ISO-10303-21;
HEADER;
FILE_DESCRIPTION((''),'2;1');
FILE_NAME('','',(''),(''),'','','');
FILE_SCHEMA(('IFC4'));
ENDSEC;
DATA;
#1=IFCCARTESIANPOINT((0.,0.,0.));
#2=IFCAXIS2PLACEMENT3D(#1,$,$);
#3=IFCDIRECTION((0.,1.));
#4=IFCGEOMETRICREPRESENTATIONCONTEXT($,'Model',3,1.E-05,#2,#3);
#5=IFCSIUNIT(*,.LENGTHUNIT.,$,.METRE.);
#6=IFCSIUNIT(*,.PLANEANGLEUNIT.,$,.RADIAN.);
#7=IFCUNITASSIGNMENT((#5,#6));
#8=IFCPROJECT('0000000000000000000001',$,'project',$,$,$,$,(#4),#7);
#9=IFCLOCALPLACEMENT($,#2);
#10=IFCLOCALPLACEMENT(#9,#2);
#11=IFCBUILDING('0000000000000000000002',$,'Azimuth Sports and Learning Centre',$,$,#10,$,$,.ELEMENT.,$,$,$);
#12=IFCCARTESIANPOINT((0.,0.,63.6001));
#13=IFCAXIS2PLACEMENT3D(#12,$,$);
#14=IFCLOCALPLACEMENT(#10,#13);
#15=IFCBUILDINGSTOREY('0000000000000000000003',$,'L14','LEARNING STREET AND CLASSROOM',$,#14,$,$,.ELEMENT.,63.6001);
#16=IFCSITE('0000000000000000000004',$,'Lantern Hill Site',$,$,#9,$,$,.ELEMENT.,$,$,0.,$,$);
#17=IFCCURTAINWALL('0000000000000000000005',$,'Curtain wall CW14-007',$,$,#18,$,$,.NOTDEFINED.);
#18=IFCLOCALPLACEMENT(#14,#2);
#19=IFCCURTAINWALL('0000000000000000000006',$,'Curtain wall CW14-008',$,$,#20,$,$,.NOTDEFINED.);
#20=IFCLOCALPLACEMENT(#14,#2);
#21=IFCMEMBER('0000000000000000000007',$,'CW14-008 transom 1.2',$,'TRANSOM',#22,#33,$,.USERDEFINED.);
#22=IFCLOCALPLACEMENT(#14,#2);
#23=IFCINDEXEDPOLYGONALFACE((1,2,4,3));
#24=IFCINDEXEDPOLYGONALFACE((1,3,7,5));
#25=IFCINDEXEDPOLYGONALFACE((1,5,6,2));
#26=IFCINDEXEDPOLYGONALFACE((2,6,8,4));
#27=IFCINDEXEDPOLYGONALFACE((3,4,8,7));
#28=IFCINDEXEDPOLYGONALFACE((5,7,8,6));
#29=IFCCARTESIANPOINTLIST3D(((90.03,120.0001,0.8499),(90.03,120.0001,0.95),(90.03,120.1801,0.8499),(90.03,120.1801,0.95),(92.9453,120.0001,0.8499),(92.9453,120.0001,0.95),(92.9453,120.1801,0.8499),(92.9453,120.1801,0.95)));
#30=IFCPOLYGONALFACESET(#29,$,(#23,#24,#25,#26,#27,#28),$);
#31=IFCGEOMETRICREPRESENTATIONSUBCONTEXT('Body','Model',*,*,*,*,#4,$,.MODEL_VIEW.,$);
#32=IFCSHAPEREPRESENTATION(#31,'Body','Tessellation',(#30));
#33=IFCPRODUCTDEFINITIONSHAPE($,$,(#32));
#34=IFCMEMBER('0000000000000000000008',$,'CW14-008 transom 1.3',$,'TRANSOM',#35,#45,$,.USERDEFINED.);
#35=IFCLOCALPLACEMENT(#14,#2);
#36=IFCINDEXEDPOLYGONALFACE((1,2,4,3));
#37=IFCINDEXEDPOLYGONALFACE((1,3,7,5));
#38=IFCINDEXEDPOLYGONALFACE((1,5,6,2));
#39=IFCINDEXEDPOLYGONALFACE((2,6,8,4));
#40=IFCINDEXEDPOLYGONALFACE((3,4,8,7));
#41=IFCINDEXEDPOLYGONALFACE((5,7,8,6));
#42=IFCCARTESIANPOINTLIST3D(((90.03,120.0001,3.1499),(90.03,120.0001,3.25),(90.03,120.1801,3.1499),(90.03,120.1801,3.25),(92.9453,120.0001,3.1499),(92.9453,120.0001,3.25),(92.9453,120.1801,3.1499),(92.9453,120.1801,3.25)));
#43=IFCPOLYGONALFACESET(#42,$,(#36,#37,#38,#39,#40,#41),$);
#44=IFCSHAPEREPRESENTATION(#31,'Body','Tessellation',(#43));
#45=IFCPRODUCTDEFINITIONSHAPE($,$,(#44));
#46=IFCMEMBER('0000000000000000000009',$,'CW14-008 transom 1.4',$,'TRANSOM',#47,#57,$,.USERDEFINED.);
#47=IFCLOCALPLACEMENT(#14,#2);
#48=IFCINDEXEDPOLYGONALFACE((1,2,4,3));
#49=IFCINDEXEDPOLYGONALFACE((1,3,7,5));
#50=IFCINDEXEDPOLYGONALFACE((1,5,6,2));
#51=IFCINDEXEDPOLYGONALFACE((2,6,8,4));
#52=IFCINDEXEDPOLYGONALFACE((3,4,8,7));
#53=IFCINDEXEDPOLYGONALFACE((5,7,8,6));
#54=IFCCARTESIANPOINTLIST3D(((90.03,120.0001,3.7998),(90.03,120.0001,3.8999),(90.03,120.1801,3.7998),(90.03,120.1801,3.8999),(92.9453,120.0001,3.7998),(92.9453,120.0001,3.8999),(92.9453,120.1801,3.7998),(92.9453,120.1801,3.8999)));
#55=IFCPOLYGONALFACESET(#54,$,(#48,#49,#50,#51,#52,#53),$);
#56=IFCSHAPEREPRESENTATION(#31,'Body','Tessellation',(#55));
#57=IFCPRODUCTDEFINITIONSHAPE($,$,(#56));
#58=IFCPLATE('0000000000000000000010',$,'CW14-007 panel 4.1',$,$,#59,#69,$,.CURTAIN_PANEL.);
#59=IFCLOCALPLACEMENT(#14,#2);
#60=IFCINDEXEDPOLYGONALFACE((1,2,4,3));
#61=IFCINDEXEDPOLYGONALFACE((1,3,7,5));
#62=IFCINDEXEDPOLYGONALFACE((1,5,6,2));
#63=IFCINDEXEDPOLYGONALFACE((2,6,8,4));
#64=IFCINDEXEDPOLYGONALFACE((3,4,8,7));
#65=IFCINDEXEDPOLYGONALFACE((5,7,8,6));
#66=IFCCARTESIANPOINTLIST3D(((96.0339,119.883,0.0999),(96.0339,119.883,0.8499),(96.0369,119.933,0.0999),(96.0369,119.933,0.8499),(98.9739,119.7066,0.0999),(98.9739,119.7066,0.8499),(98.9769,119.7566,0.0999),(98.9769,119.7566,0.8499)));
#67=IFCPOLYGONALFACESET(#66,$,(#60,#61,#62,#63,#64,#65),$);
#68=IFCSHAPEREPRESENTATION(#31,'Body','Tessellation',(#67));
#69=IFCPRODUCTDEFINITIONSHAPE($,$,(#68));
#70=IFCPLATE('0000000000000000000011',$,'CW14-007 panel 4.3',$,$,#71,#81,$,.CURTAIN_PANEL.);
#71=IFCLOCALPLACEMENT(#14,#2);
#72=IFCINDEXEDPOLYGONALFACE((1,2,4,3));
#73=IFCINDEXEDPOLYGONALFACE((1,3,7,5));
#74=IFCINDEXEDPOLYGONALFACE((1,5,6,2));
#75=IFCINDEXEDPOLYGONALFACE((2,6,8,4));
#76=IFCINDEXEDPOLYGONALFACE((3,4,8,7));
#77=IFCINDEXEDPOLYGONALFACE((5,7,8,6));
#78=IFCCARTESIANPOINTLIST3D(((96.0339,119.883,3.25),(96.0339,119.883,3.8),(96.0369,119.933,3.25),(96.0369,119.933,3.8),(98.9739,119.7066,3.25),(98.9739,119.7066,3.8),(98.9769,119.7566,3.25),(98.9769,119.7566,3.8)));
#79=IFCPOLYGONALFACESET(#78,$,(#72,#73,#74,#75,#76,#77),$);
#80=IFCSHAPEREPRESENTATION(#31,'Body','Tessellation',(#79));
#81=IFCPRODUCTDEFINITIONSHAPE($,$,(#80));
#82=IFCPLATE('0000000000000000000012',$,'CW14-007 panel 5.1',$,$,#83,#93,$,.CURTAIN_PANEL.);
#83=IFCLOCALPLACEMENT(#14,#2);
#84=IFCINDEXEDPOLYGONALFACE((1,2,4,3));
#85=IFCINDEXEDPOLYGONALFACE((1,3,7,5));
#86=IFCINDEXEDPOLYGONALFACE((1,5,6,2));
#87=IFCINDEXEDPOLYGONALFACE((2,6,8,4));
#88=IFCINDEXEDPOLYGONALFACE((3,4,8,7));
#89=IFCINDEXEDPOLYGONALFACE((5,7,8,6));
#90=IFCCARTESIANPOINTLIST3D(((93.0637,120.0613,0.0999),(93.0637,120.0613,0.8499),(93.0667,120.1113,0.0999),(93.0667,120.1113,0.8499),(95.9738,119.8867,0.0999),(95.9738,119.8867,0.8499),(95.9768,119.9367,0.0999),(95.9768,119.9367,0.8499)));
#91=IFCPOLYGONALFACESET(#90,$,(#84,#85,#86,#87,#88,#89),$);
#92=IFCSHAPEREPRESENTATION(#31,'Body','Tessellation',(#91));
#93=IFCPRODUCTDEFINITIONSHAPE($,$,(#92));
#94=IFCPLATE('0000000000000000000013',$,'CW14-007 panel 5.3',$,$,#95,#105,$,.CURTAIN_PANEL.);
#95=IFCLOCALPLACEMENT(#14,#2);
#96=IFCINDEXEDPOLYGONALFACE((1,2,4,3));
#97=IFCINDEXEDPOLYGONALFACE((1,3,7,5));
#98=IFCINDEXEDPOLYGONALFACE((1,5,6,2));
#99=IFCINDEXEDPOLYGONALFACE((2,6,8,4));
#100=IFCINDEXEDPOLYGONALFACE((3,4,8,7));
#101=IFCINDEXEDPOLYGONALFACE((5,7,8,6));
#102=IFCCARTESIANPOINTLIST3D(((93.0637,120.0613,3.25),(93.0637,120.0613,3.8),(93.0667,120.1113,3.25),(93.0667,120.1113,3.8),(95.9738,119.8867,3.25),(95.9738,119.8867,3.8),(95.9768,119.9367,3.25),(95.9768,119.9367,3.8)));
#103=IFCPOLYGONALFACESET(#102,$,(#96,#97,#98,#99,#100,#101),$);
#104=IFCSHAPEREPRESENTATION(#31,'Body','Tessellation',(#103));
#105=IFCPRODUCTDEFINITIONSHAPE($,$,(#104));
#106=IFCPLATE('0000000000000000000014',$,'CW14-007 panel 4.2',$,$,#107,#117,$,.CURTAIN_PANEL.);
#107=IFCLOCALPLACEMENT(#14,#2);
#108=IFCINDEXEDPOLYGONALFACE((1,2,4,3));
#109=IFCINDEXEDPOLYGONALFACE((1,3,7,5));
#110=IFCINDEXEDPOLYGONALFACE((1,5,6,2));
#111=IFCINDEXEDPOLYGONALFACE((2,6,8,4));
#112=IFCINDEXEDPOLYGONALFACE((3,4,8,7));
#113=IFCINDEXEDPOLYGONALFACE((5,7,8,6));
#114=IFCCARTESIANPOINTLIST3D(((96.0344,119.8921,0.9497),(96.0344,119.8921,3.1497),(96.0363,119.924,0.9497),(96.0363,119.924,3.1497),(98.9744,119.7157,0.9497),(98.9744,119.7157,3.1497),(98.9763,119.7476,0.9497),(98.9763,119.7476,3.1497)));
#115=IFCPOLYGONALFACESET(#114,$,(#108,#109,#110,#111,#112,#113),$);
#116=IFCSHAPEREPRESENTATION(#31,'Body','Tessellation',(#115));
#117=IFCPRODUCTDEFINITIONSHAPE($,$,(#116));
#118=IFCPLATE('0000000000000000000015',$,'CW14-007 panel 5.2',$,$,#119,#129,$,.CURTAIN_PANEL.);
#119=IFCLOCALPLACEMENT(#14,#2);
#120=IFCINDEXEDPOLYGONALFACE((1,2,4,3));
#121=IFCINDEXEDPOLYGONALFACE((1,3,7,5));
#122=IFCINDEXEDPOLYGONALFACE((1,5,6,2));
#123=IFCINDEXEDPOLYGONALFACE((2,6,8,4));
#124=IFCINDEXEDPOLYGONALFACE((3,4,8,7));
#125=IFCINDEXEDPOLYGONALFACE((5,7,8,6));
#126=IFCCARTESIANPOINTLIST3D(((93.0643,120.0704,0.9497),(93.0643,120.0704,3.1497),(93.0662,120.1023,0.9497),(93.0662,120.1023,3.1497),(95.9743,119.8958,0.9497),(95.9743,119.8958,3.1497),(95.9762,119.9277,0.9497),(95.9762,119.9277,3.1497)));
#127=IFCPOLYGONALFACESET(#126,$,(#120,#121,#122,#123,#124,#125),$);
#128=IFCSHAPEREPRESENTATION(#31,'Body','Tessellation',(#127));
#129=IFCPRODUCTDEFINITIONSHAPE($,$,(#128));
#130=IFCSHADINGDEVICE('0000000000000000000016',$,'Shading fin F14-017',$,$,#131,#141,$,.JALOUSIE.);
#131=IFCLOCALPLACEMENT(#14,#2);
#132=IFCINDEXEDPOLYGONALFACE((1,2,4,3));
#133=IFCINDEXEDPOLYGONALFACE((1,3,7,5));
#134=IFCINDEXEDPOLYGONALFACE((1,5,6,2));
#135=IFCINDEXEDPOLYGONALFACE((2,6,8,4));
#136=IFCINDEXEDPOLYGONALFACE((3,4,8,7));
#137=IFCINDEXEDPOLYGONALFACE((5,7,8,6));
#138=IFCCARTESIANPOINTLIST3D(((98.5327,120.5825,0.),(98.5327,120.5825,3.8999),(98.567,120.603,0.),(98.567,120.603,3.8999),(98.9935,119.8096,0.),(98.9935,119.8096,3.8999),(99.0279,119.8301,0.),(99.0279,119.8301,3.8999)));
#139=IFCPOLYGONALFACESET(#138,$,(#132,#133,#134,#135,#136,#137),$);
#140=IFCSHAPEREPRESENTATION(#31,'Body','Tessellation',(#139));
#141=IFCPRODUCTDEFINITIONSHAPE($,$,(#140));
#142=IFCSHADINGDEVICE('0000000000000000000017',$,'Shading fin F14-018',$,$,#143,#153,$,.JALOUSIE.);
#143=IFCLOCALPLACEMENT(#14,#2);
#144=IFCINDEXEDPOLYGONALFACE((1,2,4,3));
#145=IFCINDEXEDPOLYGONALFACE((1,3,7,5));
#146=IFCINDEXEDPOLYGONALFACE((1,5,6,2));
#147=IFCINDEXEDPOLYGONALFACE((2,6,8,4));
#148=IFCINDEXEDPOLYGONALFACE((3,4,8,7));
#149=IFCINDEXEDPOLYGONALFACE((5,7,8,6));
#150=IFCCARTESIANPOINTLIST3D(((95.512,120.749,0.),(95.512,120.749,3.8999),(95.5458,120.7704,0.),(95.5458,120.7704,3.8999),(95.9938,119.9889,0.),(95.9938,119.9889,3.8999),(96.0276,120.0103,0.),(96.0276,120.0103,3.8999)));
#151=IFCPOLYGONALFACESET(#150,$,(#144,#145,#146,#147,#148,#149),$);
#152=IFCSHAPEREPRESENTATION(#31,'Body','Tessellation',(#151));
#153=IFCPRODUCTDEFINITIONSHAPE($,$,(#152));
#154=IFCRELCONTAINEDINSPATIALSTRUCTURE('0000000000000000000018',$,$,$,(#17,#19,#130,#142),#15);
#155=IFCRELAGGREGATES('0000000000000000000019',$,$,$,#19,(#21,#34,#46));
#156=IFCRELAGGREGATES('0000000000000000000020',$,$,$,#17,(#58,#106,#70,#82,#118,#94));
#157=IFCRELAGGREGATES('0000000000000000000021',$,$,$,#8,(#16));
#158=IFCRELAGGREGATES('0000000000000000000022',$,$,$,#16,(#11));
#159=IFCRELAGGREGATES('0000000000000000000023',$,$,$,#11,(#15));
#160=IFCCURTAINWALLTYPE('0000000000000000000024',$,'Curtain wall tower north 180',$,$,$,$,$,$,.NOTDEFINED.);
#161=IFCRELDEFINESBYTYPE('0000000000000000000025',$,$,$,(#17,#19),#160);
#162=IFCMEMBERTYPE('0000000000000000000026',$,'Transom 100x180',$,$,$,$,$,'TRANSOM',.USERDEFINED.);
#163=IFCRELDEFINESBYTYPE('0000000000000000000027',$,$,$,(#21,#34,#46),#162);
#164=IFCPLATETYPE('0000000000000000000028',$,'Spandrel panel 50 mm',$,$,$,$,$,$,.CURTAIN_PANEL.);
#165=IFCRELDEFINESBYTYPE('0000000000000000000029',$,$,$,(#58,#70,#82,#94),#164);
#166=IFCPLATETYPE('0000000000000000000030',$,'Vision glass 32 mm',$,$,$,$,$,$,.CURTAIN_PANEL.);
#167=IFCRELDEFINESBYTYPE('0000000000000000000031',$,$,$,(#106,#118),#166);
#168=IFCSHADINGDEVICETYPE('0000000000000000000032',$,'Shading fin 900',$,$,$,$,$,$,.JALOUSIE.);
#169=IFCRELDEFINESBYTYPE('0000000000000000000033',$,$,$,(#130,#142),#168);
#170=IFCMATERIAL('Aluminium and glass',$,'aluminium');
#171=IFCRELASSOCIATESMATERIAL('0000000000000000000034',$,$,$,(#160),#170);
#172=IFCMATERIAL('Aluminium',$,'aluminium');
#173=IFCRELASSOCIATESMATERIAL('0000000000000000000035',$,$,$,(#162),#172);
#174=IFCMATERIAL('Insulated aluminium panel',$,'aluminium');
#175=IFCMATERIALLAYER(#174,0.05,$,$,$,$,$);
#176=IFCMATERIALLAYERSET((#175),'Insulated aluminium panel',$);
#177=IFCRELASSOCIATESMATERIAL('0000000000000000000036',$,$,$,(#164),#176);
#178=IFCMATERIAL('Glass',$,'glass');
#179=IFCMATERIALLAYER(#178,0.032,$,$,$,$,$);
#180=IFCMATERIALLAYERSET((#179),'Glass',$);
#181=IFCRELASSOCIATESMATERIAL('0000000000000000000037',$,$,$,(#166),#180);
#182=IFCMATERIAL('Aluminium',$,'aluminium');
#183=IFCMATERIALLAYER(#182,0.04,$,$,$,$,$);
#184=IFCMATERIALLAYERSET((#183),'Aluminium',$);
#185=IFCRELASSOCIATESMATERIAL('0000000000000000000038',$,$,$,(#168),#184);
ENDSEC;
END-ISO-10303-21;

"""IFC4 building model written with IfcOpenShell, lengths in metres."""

from ifc_helpers import new_model, si_unit, direction, frame, origin, origin_2d, place, context, subcontext, project, spatial, rectangle, extrude, material, layer, layer_set, material_profile, profile_set, type_object, element, aggregate, save


model = new_model("IFC4")

# Units and contexts
model_context = context("Model", 3, precision=1e-05, world=origin(), true_north=direction((0.0, 1.0)))
body_context = subcontext(model_context, "Body", "Model", "MODEL_VIEW")
ifc_project = project(units=[si_unit("LENGTHUNIT", "METRE"), si_unit("PLANEANGLEUNIT", "RADIAN")], contexts=[model_context])

# Site, building, storey
site_placement = place(None, origin())
site = spatial("IfcSite", under=ifc_project, at=site_placement, Name="Lantern Hill Site", CompositionType="ELEMENT", RefElevation=0.0)
building_placement = place(site_placement, origin())
building = spatial("IfcBuilding", under=site, at=building_placement, Name="Azimuth Sports and Learning Centre", CompositionType="ELEMENT")
storey_placement = place(building_placement, frame((0.0, 0.0, 63.6001)))
storey = spatial("IfcBuildingStorey", under=building, at=storey_placement, Name="L14", Description="LEARNING STREET AND CLASSROOM", CompositionType="ELEMENT", Elevation=63.6001)

# Curtain wall
ifc_material_1 = material(Name="Aluminium and glass", Category="aluminium")
curtain_wall_type = type_object("IfcCurtainWallType", Name="Curtain wall tower north 180", PredefinedType="NOTDEFINED", material=ifc_material_1)
curtain_wall_1_placement = place(storey_placement, origin())
curtain_wall_1 = element("IfcCurtainWall", 1, at=curtain_wall_1_placement, inside=storey, type_object=curtain_wall_type, Name="Curtain wall CW14-007", PredefinedType="NOTDEFINED")

# Curtain wall
curtain_wall_2_placement = place(storey_placement, origin())
curtain_wall_2 = element("IfcCurtainWall", 2, at=curtain_wall_2_placement, inside=storey, type_object=curtain_wall_type, Name="Curtain wall CW14-008", PredefinedType="NOTDEFINED")

# Members
ifc_material_2 = material(Name="Aluminium", Category="aluminium")
ifc_material_profile_1 = material_profile(ifc_material_2, rectangle(XDim=0.1799, YDim=0.1001, at=origin_2d()), Name="Transom 100x180")
ifc_profile_set_1 = profile_set([ifc_material_profile_1], Name="Aluminium")
member_type_1 = type_object("IfcMemberType", Name="Transom 100x180", ElementType="TRANSOM", PredefinedType="USERDEFINED", material=ifc_profile_set_1)
member_1_placement = place(storey_placement, frame((92.9453, 120.0901, 0.8999), z_axis=(-1.0, 0.0, 0.0), x_axis=(0.0, -1.0, 0.0)))
member_1 = element("IfcMember", 3, at=member_1_placement, type_object=member_type_1, Name="CW14-008 transom 1.2", ObjectType="TRANSOM", PredefinedType="USERDEFINED", context=body_context, shape_type="SweptSolid", body=[
    extrude(rectangle(XDim=0.1799, YDim=0.1001, at=origin_2d()), origin(), (0.0, 0.0, 1.0), 2.9153),
])
member_2_placement = place(storey_placement, frame((92.9453, 120.0901, 3.2), z_axis=(-1.0, 0.0, 0.0), x_axis=(0.0, -1.0, 0.0)))
member_2 = element("IfcMember", 4, at=member_2_placement, type_object=member_type_1, Name="CW14-008 transom 1.3", ObjectType="TRANSOM", PredefinedType="USERDEFINED", context=body_context, shape_type="SweptSolid", body=[
    extrude(rectangle(XDim=0.1799, YDim=0.1001, at=origin_2d()), origin(), (0.0, 0.0, 1.0), 2.9153),
])
member_3_placement = place(storey_placement, frame((92.9453, 120.0901, 3.8499), z_axis=(-1.0, 0.0, 0.0), x_axis=(0.0, -1.0, 0.0)))
member_3 = element("IfcMember", 5, at=member_3_placement, type_object=member_type_1, Name="CW14-008 transom 1.4", ObjectType="TRANSOM", PredefinedType="USERDEFINED", context=body_context, shape_type="SweptSolid", body=[
    extrude(rectangle(XDim=0.1799, YDim=0.1001, at=origin_2d()), origin(), (0.0, 0.0, 1.0), 2.9153),
])
aggregate(curtain_wall_2, [member_1, member_2, member_3])

# Plates
ifc_material_3 = material(Name="Insulated aluminium panel", Category="aluminium")
ifc_layer_1 = layer(ifc_material_3, 0.05)
ifc_layer_set_1 = layer_set([ifc_layer_1], Name="Insulated aluminium panel")
plate_type_1 = type_object("IfcPlateType", Name="Spandrel panel 50 mm", PredefinedType="CURTAIN_PANEL", material=ifc_layer_set_1)
plate_1_placement = place(storey_placement, frame((97.5054, 119.8198, 0.0999), z_axis=(0.0, 0.0, 1.0), x_axis=(-0.998205, 0.059892, 0.0)))
plate_1 = element("IfcPlate", 6, at=plate_1_placement, type_object=plate_type_1, Name="CW14-007 panel 4.1", PredefinedType="CURTAIN_PANEL", context=body_context, shape_type="SweptSolid", body=[
    extrude(rectangle(XDim=2.9453, YDim=0.05, at=origin_2d()), origin(), (0.0, 0.0, 1.0), 0.75),
])
plate_2_placement = place(storey_placement, frame((97.5054, 119.8198, 3.25), z_axis=(0.0, 0.0, 1.0), x_axis=(-0.998205, 0.059892, 0.0)))
plate_2 = element("IfcPlate", 7, at=plate_2_placement, type_object=plate_type_1, Name="CW14-007 panel 4.3", PredefinedType="CURTAIN_PANEL", context=body_context, shape_type="SweptSolid", body=[
    extrude(rectangle(XDim=2.9453, YDim=0.05, at=origin_2d()), origin(), (0.0, 0.0, 1.0), 0.55),
])
plate_3_placement = place(storey_placement, frame((94.5203, 119.999, 0.0999), z_axis=(0.0, 0.0, 1.0), x_axis=(-0.998205, 0.059892, 0.0)))
plate_3 = element("IfcPlate", 8, at=plate_3_placement, type_object=plate_type_1, Name="CW14-007 panel 5.1", PredefinedType="CURTAIN_PANEL", context=body_context, shape_type="SweptSolid", body=[
    extrude(rectangle(XDim=2.9153, YDim=0.05, at=origin_2d()), origin(), (0.0, 0.0, 1.0), 0.75),
])
plate_4_placement = place(storey_placement, frame((94.5203, 119.999, 3.25), z_axis=(0.0, 0.0, 1.0), x_axis=(-0.998205, 0.059892, 0.0)))
plate_4 = element("IfcPlate", 9, at=plate_4_placement, type_object=plate_type_1, Name="CW14-007 panel 5.3", PredefinedType="CURTAIN_PANEL", context=body_context, shape_type="SweptSolid", body=[
    extrude(rectangle(XDim=2.9153, YDim=0.05, at=origin_2d()), origin(), (0.0, 0.0, 1.0), 0.55),
])
ifc_material_4 = material(Name="Glass", Category="glass")
ifc_layer_2 = layer(ifc_material_4, 0.032)
ifc_layer_set_2 = layer_set([ifc_layer_2], Name="Glass")
plate_type_2 = type_object("IfcPlateType", Name="Vision glass 32 mm", PredefinedType="CURTAIN_PANEL", material=ifc_layer_set_2)
plate_5_placement = place(storey_placement, frame((97.5054, 119.8198, 0.9497), z_axis=(0.0, 0.0, 1.0), x_axis=(-0.998205, 0.059892, 0.0)))
plate_5 = element("IfcPlate", 10, at=plate_5_placement, type_object=plate_type_2, Name="CW14-007 panel 4.2", PredefinedType="CURTAIN_PANEL", context=body_context, shape_type="SweptSolid", body=[
    extrude(rectangle(XDim=2.9453, YDim=0.032, at=origin_2d()), origin(), (0.0, 0.0, 1.0), 2.2),
])
plate_6_placement = place(storey_placement, frame((94.5203, 119.999, 0.9497), z_axis=(0.0, 0.0, 1.0), x_axis=(-0.998205, 0.059892, 0.0)))
plate_6 = element("IfcPlate", 11, at=plate_6_placement, type_object=plate_type_2, Name="CW14-007 panel 5.2", PredefinedType="CURTAIN_PANEL", context=body_context, shape_type="SweptSolid", body=[
    extrude(rectangle(XDim=2.9153, YDim=0.032, at=origin_2d()), origin(), (0.0, 0.0, 1.0), 2.2),
])
aggregate(curtain_wall_1, [plate_1, plate_5, plate_2, plate_3, plate_6, plate_4])

# Shading devices
ifc_material_5 = material(Name="Aluminium", Category="aluminium")
ifc_layer_3 = layer(ifc_material_5, 0.04)
ifc_layer_set_3 = layer_set([ifc_layer_3], Name="Aluminium")
shading_device_type = type_object("IfcShadingDeviceType", Name="Shading fin 900", PredefinedType="JALOUSIE", material=ifc_layer_set_3)
for number, where, z_axis, x_axis, name in (
    (12, (98.7803, 120.2063, 0.0), (0.0, 0.0, 1.0), (-0.512109, 0.85892, 0.0), "Shading fin F14-017"),
    (13, (95.7698, 120.3796, 0.0), (0.0, 0.0, 1.0), (-0.535372, 0.844616, 0.0), "Shading fin F14-018"),
):
    element("IfcShadingDevice", number, at=place(storey_placement, frame(where, z_axis=z_axis, x_axis=x_axis)), inside=storey, type_object=shading_device_type, Name=name, PredefinedType="JALOUSIE", context=body_context, shape_type="SweptSolid", body=[
        extrude(rectangle(XDim=0.8999, YDim=0.04, at=origin_2d()), origin(), (0.0, 0.0, 1.0), 3.8999),
    ])

save(model, "model.ifc")
